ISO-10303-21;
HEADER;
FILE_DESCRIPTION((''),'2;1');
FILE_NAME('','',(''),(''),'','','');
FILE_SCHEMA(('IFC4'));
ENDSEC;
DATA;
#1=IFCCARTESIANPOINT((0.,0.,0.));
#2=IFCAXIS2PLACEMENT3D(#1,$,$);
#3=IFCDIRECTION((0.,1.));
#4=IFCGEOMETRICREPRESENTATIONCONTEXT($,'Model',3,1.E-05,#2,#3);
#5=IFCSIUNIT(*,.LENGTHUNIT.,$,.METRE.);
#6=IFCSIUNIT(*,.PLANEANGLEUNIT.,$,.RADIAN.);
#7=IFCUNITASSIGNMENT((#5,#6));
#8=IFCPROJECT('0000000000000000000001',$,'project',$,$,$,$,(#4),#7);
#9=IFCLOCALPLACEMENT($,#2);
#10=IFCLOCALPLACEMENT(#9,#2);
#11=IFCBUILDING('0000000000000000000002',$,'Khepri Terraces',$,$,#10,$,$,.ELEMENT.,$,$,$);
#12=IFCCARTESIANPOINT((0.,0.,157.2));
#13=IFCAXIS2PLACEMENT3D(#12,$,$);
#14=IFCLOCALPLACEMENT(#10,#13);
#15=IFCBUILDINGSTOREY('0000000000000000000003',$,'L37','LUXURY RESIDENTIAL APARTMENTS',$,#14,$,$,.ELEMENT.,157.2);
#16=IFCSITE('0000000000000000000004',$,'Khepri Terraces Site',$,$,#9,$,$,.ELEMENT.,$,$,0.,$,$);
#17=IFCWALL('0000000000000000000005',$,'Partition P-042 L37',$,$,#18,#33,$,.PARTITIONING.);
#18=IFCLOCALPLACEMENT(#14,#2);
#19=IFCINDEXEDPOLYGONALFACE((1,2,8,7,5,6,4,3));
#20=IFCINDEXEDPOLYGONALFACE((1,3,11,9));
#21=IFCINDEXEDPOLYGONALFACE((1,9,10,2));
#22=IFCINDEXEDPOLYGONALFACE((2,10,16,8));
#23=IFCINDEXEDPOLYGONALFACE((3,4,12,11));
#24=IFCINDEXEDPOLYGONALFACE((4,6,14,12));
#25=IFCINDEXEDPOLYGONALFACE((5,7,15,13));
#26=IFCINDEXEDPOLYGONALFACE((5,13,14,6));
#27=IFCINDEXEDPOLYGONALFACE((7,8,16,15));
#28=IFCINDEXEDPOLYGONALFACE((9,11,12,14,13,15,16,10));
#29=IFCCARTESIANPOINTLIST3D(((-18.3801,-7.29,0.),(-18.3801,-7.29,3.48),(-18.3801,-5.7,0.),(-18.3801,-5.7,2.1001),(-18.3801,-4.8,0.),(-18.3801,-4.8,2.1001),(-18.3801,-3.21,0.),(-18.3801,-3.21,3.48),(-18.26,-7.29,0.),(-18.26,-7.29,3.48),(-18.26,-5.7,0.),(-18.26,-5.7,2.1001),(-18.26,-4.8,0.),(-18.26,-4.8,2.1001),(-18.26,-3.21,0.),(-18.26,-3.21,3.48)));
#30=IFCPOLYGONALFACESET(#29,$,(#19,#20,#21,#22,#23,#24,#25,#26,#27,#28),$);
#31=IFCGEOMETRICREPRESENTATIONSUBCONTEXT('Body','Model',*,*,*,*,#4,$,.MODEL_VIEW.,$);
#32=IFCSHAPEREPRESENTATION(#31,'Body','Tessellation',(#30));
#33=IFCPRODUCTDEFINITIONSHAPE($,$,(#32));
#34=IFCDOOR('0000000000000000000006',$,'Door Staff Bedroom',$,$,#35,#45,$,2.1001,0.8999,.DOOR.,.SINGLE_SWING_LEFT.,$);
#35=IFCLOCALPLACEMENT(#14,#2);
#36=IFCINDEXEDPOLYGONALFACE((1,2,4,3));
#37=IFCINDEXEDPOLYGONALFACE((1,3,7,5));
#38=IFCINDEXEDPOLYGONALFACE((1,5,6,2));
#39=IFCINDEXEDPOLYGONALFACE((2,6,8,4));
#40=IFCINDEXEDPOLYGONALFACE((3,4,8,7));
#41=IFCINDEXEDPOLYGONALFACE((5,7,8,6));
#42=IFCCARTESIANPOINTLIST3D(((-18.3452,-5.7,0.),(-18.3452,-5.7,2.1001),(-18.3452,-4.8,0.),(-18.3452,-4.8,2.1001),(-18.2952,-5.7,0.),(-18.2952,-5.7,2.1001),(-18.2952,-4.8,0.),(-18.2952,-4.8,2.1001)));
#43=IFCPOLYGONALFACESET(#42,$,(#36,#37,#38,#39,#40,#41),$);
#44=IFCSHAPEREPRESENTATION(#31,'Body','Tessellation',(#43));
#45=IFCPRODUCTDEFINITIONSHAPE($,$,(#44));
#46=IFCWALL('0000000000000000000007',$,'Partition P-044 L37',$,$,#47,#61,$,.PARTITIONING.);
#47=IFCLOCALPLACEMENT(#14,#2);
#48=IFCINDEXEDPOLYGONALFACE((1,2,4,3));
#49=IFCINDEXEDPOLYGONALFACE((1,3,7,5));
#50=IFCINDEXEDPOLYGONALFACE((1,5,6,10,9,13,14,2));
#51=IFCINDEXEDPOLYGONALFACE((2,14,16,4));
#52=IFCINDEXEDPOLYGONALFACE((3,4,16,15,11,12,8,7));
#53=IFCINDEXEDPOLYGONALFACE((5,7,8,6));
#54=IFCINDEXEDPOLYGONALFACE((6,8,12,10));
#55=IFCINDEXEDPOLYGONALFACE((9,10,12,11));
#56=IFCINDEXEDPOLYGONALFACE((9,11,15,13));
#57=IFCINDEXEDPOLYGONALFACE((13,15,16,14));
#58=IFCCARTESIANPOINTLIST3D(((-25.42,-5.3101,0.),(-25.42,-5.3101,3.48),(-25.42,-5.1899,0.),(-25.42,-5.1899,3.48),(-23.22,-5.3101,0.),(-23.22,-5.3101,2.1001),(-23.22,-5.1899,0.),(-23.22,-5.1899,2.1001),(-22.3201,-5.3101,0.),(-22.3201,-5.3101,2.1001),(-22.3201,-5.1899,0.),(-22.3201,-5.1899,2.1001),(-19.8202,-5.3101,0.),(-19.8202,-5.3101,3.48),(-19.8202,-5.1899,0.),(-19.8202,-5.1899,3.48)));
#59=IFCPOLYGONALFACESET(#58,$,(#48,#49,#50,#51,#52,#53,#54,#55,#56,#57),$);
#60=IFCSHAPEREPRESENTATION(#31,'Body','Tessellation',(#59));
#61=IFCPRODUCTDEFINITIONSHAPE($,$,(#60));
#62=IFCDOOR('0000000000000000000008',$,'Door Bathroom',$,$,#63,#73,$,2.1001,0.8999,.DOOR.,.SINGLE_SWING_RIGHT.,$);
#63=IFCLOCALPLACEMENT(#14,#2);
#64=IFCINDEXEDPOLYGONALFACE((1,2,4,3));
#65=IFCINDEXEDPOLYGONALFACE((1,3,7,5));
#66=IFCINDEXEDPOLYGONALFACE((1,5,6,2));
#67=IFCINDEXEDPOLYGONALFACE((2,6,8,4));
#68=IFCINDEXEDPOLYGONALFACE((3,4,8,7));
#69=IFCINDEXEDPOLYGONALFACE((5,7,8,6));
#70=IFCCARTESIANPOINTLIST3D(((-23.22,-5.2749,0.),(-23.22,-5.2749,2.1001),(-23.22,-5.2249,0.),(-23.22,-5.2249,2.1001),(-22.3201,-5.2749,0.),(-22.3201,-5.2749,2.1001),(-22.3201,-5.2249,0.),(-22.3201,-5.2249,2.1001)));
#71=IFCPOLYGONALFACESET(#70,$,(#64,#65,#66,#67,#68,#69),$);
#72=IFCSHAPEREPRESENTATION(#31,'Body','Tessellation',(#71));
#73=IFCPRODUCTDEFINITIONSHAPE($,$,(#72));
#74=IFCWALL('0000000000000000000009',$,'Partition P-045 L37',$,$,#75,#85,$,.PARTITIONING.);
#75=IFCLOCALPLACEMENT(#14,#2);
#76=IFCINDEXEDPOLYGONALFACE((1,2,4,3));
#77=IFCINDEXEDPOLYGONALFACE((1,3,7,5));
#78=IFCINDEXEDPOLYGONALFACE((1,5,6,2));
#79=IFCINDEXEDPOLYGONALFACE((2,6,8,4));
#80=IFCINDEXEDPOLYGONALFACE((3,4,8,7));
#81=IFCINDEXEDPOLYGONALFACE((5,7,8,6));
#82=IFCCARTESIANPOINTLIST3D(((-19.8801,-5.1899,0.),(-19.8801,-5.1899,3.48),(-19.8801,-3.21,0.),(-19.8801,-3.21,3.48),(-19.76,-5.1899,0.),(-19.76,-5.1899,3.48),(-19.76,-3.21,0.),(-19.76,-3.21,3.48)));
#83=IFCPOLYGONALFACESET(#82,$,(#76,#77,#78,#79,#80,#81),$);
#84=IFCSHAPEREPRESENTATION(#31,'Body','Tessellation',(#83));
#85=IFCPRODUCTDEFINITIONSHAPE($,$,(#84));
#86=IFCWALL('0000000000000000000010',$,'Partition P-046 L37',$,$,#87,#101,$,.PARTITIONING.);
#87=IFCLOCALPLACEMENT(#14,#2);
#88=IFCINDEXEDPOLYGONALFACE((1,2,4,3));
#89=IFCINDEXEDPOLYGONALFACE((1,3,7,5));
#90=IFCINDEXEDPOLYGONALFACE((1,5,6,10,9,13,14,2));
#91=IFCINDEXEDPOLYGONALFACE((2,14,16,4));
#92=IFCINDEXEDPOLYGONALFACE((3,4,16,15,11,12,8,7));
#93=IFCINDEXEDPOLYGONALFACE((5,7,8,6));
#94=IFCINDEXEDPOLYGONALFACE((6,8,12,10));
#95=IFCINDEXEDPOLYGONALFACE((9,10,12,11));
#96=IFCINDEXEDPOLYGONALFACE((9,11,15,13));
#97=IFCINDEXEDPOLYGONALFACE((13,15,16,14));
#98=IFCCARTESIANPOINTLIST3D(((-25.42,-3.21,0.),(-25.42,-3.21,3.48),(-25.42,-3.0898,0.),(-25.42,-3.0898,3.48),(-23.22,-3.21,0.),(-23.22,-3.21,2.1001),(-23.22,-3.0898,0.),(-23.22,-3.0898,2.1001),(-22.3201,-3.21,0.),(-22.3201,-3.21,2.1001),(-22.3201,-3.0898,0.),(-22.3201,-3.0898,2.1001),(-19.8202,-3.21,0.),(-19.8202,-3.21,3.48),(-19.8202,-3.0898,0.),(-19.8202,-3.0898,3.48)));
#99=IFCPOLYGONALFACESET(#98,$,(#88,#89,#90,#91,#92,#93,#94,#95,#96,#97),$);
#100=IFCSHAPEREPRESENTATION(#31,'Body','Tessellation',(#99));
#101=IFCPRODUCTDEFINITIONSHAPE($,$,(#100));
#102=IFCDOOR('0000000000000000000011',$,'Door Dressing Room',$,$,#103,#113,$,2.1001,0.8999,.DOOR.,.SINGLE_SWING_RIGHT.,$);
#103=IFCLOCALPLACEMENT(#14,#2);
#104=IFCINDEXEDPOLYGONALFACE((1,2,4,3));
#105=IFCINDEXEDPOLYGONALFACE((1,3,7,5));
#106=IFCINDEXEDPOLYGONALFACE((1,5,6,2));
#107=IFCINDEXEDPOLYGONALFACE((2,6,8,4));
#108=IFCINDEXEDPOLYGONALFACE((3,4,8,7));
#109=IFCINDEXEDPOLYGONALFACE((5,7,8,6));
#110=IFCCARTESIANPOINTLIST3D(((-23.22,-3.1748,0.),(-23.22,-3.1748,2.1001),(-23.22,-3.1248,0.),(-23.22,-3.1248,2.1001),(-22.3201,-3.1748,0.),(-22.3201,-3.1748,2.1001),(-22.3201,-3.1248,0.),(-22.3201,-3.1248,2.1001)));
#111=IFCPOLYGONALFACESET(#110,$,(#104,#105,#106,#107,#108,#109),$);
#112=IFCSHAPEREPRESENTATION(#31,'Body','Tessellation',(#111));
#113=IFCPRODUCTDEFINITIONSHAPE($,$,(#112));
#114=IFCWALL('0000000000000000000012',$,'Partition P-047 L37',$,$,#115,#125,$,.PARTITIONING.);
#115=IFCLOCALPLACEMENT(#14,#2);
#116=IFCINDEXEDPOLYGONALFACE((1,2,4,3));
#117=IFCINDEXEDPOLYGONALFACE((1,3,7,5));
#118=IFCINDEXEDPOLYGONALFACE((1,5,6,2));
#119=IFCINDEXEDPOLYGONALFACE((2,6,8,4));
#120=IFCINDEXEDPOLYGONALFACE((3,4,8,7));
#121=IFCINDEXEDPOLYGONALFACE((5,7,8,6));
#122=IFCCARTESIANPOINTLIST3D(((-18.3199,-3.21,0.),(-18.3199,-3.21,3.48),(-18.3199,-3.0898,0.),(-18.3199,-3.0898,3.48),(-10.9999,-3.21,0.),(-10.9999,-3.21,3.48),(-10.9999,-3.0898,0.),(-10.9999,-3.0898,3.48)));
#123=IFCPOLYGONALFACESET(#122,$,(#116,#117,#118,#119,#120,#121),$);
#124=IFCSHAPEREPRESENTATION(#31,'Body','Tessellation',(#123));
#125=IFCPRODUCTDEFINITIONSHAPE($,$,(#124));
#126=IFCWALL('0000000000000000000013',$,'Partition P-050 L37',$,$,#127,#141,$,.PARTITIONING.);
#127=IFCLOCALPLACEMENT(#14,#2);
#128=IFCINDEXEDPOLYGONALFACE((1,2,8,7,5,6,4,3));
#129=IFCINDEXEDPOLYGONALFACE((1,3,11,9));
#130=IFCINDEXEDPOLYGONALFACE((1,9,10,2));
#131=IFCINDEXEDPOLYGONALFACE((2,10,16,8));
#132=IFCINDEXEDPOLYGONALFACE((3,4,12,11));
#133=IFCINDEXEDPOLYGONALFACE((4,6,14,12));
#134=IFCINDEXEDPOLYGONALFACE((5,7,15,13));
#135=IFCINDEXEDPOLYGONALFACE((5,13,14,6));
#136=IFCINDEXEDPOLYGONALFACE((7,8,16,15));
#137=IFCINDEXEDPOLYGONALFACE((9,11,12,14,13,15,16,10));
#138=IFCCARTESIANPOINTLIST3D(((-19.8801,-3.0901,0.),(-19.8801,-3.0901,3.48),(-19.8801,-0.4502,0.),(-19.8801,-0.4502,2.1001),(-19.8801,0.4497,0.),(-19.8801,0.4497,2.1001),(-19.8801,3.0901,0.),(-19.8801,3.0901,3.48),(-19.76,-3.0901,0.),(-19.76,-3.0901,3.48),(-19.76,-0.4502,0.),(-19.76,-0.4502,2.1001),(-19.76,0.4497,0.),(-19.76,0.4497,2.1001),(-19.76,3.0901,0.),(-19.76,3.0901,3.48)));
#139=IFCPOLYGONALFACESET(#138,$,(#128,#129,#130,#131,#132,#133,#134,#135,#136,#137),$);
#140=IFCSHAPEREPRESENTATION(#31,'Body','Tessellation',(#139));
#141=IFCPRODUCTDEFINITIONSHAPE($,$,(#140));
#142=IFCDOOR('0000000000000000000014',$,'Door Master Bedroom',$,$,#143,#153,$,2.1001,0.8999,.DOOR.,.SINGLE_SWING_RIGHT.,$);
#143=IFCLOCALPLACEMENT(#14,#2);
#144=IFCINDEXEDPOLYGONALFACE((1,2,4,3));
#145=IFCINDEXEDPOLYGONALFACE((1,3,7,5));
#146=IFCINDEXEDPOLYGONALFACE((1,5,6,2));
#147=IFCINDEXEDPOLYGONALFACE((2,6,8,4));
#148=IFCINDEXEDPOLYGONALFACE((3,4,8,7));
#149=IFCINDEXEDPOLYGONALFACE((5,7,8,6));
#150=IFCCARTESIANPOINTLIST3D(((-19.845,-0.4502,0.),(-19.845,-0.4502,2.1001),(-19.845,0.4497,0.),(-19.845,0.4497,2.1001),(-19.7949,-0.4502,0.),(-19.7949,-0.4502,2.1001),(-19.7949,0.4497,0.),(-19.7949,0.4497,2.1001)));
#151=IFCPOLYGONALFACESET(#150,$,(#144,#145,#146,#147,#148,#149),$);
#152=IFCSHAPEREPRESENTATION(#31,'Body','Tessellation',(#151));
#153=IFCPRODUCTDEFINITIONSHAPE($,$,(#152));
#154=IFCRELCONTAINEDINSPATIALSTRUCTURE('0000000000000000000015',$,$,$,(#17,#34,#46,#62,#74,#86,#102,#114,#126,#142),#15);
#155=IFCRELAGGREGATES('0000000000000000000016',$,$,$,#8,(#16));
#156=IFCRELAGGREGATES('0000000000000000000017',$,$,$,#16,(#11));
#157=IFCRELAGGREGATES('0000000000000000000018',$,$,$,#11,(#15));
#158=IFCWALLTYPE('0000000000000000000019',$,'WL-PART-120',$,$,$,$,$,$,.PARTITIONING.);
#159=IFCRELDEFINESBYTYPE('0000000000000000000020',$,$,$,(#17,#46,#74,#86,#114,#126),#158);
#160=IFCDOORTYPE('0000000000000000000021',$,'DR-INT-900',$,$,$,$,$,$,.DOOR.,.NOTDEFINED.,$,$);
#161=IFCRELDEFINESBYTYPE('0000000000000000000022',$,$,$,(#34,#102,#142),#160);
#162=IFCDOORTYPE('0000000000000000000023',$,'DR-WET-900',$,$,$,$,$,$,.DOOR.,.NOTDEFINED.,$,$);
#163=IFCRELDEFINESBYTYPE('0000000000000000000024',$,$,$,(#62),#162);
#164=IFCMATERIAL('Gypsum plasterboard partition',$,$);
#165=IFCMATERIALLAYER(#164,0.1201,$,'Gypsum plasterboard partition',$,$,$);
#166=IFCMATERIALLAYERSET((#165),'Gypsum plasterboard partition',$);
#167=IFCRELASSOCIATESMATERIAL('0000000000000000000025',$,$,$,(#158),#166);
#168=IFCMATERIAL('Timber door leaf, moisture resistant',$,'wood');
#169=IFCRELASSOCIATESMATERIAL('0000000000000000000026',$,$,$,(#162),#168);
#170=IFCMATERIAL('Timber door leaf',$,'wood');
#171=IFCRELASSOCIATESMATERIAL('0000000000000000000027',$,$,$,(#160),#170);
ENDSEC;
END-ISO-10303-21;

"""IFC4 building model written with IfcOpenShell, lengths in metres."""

from ifc_helpers import new_model, si_unit, direction, frame, frame_2d, origin, place, context, subcontext, project, spatial, rectangle, extrude, material, layer, layer_set, type_object, element, fill, save


model = new_model("IFC4")

# Units and contexts
model_context = context("Model", 3, precision=1e-05, world=origin(), true_north=direction((0.0, 1.0)))
body_context = subcontext(model_context, "Body", "Model", "MODEL_VIEW")
ifc_project = project(units=[si_unit("LENGTHUNIT", "METRE"), si_unit("PLANEANGLEUNIT", "RADIAN")], contexts=[model_context])

# Site, building, storey
site_placement = place(None, origin())
site = spatial("IfcSite", under=ifc_project, at=site_placement, Name="Khepri Terraces Site", CompositionType="ELEMENT", RefElevation=0.0)
building_placement = place(site_placement, origin())
building = spatial("IfcBuilding", under=site, at=building_placement, Name="Khepri Terraces", CompositionType="ELEMENT")
storey_placement = place(building_placement, frame((0.0, 0.0, 157.2)))
storey = spatial("IfcBuildingStorey", under=building, at=storey_placement, Name="L37", Description="LUXURY RESIDENTIAL APARTMENTS", CompositionType="ELEMENT", Elevation=157.2)

# Shared definitions
ifc_material_1 = material(Name="Gypsum plasterboard partition")
ifc_layer_1 = layer(ifc_material_1, 0.1201, Name="Gypsum plasterboard partition")
ifc_layer_set_1 = layer_set([ifc_layer_1], Name="Gypsum plasterboard partition")
wall_type_1 = type_object("IfcWallType", Name="WL-PART-120", PredefinedType="PARTITIONING", material=ifc_layer_set_1)

# Shared definitions
ifc_material_2 = material(Name="Timber door leaf, moisture resistant", Category="wood")
door_type_1 = type_object("IfcDoorType", Name="DR-WET-900", OperationType="NOTDEFINED", PredefinedType="DOOR", material=ifc_material_2)

# Walls, openings, doors
wall_1_placement = place(storey_placement, frame((-18.3201, -7.29, 0.0), z_axis=(0.0, 0.0, 1.0), x_axis=(0.0, 1.0, 0.0)))
wall_1 = element("IfcWall", 1, at=wall_1_placement, inside=storey, type_object=wall_type_1, Name="Partition P-042 L37", PredefinedType="PARTITIONING", context=body_context, shape_type="SweptSolid", body=[
    extrude(rectangle(XDim=4.0801, YDim=0.1201, at=frame_2d((2.04, 0.0))), origin(), (0.0, 0.0, 1.0), 3.48),
])
opening_1_placement = place(wall_1_placement, frame((1.5901, 0.0, 0.0)))
opening_1 = element("IfcOpeningElement", 2, at=opening_1_placement, cuts=wall_1, PredefinedType="OPENING", context=body_context, shape_type="SweptSolid", body=[
    extrude(rectangle(XDim=0.8999, YDim=2.1001, at=frame_2d((0.45, 1.05))), frame((0.0, 0.0701, 0.0), z_axis=(0.0, -1.0, 0.0), x_axis=(1.0, 0.0, 0.0)), (0.0, 0.0, 1.0), 0.1401),
])
ifc_material_3 = material(Name="Timber door leaf", Category="wood")
door_type_2 = type_object("IfcDoorType", Name="DR-INT-900", OperationType="NOTDEFINED", PredefinedType="DOOR", material=ifc_material_3)
door_1_placement = place(opening_1_placement, frame((0.8999, 0.0, 0.0), z_axis=(0.0, 0.0, 1.0), x_axis=(-1.0, 0.0, 0.0)))
door_1 = element("IfcDoor", 3, at=door_1_placement, inside=storey, type_object=door_type_2, Name="Door Staff Bedroom", OperationType="SINGLE_SWING_LEFT", OverallHeight=2.1001, OverallWidth=0.8999, PredefinedType="DOOR", context=body_context, shape_type="SweptSolid", body=[
    extrude(rectangle(XDim=0.8999, YDim=2.1001, at=frame_2d((0.45, 1.05))), frame((0.0, 0.0249, 0.0), z_axis=(0.0, -1.0, 0.0), x_axis=(1.0, 0.0, 0.0)), (0.0, 0.0, 1.0), 0.05),
])
fill(opening_1, door_1)
wall_2_placement = place(storey_placement, frame((-25.4199, -5.25, 0.0), z_axis=(0.0, 0.0, 1.0), x_axis=(1.0, 0.0, 0.0)))
wall_2 = element("IfcWall", 4, at=wall_2_placement, inside=storey, type_object=wall_type_1, Name="Partition P-044 L37", PredefinedType="PARTITIONING", context=body_context, shape_type="SweptSolid", body=[
    extrude(rectangle(XDim=5.5999, YDim=0.1201, at=frame_2d((2.7998, 0.0))), origin(), (0.0, 0.0, 1.0), 3.48),
])
opening_2_placement = place(wall_2_placement, frame((2.2, 0.0, 0.0)))
opening_2 = element("IfcOpeningElement", 5, at=opening_2_placement, cuts=wall_2, PredefinedType="OPENING", context=body_context, shape_type="SweptSolid", body=[
    extrude(rectangle(XDim=0.8999, YDim=2.1001, at=frame_2d((0.45, 1.05))), frame((0.0, 0.0701, 0.0), z_axis=(0.0, -1.0, 0.0), x_axis=(1.0, 0.0, 0.0)), (0.0, 0.0, 1.0), 0.1401),
])
door_2_placement = place(opening_2_placement, frame((0.8999, 0.0, 0.0), z_axis=(0.0, 0.0, 1.0), x_axis=(-1.0, 0.0, 0.0)))
door_2 = element("IfcDoor", 6, at=door_2_placement, inside=storey, type_object=door_type_1, Name="Door Bathroom", OperationType="SINGLE_SWING_RIGHT", OverallHeight=2.1001, OverallWidth=0.8999, PredefinedType="DOOR", context=body_context, shape_type="SweptSolid", body=[
    extrude(rectangle(XDim=0.8999, YDim=2.1001, at=frame_2d((0.45, 1.05))), frame((0.0, 0.0249, 0.0), z_axis=(0.0, -1.0, 0.0), x_axis=(1.0, 0.0, 0.0)), (0.0, 0.0, 1.0), 0.05),
])
fill(opening_2, door_2)

# Wall
wall_3_placement = place(storey_placement, frame((-19.8201, -5.1899, 0.0), z_axis=(0.0, 0.0, 1.0), x_axis=(0.0, 1.0, 0.0)))
element("IfcWall", 7, at=wall_3_placement, inside=storey, type_object=wall_type_1, Name="Partition P-045 L37", PredefinedType="PARTITIONING", context=body_context, shape_type="SweptSolid", body=[
    extrude(rectangle(XDim=1.98, YDim=0.1201, at=frame_2d((0.99, 0.0))), origin(), (0.0, 0.0, 1.0), 3.48),
])

# Wall, opening, door
wall_4_placement = place(storey_placement, frame((-25.4199, -3.1499, 0.0), z_axis=(0.0, 0.0, 1.0), x_axis=(1.0, 0.0, 0.0)))
wall_4 = element("IfcWall", 8, at=wall_4_placement, inside=storey, type_object=wall_type_1, Name="Partition P-046 L37", PredefinedType="PARTITIONING", context=body_context, shape_type="SweptSolid", body=[
    extrude(rectangle(XDim=5.5999, YDim=0.1201, at=frame_2d((2.7998, 0.0))), origin(), (0.0, 0.0, 1.0), 3.48),
])
opening_3_placement = place(wall_4_placement, frame((2.2, 0.0, 0.0)))
opening_3 = element("IfcOpeningElement", 9, at=opening_3_placement, cuts=wall_4, PredefinedType="OPENING", context=body_context, shape_type="SweptSolid", body=[
    extrude(rectangle(XDim=0.8999, YDim=2.1001, at=frame_2d((0.45, 1.05))), frame((0.0, 0.0701, 0.0), z_axis=(0.0, -1.0, 0.0), x_axis=(1.0, 0.0, 0.0)), (0.0, 0.0, 1.0), 0.1401),
])
door_3_placement = place(opening_3_placement, frame((0.8999, 0.0, 0.0), z_axis=(0.0, 0.0, 1.0), x_axis=(-1.0, 0.0, 0.0)))
door_3 = element("IfcDoor", 10, at=door_3_placement, inside=storey, type_object=door_type_2, Name="Door Dressing Room", OperationType="SINGLE_SWING_RIGHT", OverallHeight=2.1001, OverallWidth=0.8999, PredefinedType="DOOR", context=body_context, shape_type="SweptSolid", body=[
    extrude(rectangle(XDim=0.8999, YDim=2.1001, at=frame_2d((0.45, 1.05))), frame((0.0, 0.0249, 0.0), z_axis=(0.0, -1.0, 0.0), x_axis=(1.0, 0.0, 0.0)), (0.0, 0.0, 1.0), 0.05),
])
fill(opening_3, door_3)

# Wall
wall_5_placement = place(storey_placement, frame((-18.3201, -3.1499, 0.0), z_axis=(0.0, 0.0, 1.0), x_axis=(1.0, 0.0, 0.0)))
element("IfcWall", 11, at=wall_5_placement, inside=storey, type_object=wall_type_1, Name="Partition P-047 L37", PredefinedType="PARTITIONING", context=body_context, shape_type="SweptSolid", body=[
    extrude(rectangle(XDim=7.3201, YDim=0.1201, at=frame_2d((3.6602, 0.0))), origin(), (0.0, 0.0, 1.0), 3.48),
])

# Wall, opening, door
wall_6_placement = place(storey_placement, frame((-19.8201, -3.0901, 0.0), z_axis=(0.0, 0.0, 1.0), x_axis=(0.0, 1.0, 0.0)))
wall_6 = element("IfcWall", 12, at=wall_6_placement, inside=storey, type_object=wall_type_1, Name="Partition P-050 L37", PredefinedType="PARTITIONING", context=body_context, shape_type="SweptSolid", body=[
    extrude(rectangle(XDim=6.1802, YDim=0.1201, at=frame_2d((3.0901, 0.0))), origin(), (0.0, 0.0, 1.0), 3.48),
])
opening_4_placement = place(wall_6_placement, frame((2.6399, 0.0, 0.0)))
opening_4 = element("IfcOpeningElement", 13, at=opening_4_placement, cuts=wall_6, PredefinedType="OPENING", context=body_context, shape_type="SweptSolid", body=[
    extrude(rectangle(XDim=0.8999, YDim=2.1001, at=frame_2d((0.45, 1.05))), frame((0.0, 0.0701, 0.0), z_axis=(0.0, -1.0, 0.0), x_axis=(1.0, 0.0, 0.0)), (0.0, 0.0, 1.0), 0.1401),
])
door_4_placement = place(opening_4_placement, origin())
door_4 = element("IfcDoor", 14, at=door_4_placement, inside=storey, type_object=door_type_2, Name="Door Master Bedroom", OperationType="SINGLE_SWING_RIGHT", OverallHeight=2.1001, OverallWidth=0.8999, PredefinedType="DOOR", context=body_context, shape_type="SweptSolid", body=[
    extrude(rectangle(XDim=0.8999, YDim=2.1001, at=frame_2d((0.45, 1.05))), frame((0.0, 0.0249, 0.0), z_axis=(0.0, -1.0, 0.0), x_axis=(1.0, 0.0, 0.0)), (0.0, 0.0, 1.0), 0.05),
])
fill(opening_4, door_4)

save(model, "model.ifc")
